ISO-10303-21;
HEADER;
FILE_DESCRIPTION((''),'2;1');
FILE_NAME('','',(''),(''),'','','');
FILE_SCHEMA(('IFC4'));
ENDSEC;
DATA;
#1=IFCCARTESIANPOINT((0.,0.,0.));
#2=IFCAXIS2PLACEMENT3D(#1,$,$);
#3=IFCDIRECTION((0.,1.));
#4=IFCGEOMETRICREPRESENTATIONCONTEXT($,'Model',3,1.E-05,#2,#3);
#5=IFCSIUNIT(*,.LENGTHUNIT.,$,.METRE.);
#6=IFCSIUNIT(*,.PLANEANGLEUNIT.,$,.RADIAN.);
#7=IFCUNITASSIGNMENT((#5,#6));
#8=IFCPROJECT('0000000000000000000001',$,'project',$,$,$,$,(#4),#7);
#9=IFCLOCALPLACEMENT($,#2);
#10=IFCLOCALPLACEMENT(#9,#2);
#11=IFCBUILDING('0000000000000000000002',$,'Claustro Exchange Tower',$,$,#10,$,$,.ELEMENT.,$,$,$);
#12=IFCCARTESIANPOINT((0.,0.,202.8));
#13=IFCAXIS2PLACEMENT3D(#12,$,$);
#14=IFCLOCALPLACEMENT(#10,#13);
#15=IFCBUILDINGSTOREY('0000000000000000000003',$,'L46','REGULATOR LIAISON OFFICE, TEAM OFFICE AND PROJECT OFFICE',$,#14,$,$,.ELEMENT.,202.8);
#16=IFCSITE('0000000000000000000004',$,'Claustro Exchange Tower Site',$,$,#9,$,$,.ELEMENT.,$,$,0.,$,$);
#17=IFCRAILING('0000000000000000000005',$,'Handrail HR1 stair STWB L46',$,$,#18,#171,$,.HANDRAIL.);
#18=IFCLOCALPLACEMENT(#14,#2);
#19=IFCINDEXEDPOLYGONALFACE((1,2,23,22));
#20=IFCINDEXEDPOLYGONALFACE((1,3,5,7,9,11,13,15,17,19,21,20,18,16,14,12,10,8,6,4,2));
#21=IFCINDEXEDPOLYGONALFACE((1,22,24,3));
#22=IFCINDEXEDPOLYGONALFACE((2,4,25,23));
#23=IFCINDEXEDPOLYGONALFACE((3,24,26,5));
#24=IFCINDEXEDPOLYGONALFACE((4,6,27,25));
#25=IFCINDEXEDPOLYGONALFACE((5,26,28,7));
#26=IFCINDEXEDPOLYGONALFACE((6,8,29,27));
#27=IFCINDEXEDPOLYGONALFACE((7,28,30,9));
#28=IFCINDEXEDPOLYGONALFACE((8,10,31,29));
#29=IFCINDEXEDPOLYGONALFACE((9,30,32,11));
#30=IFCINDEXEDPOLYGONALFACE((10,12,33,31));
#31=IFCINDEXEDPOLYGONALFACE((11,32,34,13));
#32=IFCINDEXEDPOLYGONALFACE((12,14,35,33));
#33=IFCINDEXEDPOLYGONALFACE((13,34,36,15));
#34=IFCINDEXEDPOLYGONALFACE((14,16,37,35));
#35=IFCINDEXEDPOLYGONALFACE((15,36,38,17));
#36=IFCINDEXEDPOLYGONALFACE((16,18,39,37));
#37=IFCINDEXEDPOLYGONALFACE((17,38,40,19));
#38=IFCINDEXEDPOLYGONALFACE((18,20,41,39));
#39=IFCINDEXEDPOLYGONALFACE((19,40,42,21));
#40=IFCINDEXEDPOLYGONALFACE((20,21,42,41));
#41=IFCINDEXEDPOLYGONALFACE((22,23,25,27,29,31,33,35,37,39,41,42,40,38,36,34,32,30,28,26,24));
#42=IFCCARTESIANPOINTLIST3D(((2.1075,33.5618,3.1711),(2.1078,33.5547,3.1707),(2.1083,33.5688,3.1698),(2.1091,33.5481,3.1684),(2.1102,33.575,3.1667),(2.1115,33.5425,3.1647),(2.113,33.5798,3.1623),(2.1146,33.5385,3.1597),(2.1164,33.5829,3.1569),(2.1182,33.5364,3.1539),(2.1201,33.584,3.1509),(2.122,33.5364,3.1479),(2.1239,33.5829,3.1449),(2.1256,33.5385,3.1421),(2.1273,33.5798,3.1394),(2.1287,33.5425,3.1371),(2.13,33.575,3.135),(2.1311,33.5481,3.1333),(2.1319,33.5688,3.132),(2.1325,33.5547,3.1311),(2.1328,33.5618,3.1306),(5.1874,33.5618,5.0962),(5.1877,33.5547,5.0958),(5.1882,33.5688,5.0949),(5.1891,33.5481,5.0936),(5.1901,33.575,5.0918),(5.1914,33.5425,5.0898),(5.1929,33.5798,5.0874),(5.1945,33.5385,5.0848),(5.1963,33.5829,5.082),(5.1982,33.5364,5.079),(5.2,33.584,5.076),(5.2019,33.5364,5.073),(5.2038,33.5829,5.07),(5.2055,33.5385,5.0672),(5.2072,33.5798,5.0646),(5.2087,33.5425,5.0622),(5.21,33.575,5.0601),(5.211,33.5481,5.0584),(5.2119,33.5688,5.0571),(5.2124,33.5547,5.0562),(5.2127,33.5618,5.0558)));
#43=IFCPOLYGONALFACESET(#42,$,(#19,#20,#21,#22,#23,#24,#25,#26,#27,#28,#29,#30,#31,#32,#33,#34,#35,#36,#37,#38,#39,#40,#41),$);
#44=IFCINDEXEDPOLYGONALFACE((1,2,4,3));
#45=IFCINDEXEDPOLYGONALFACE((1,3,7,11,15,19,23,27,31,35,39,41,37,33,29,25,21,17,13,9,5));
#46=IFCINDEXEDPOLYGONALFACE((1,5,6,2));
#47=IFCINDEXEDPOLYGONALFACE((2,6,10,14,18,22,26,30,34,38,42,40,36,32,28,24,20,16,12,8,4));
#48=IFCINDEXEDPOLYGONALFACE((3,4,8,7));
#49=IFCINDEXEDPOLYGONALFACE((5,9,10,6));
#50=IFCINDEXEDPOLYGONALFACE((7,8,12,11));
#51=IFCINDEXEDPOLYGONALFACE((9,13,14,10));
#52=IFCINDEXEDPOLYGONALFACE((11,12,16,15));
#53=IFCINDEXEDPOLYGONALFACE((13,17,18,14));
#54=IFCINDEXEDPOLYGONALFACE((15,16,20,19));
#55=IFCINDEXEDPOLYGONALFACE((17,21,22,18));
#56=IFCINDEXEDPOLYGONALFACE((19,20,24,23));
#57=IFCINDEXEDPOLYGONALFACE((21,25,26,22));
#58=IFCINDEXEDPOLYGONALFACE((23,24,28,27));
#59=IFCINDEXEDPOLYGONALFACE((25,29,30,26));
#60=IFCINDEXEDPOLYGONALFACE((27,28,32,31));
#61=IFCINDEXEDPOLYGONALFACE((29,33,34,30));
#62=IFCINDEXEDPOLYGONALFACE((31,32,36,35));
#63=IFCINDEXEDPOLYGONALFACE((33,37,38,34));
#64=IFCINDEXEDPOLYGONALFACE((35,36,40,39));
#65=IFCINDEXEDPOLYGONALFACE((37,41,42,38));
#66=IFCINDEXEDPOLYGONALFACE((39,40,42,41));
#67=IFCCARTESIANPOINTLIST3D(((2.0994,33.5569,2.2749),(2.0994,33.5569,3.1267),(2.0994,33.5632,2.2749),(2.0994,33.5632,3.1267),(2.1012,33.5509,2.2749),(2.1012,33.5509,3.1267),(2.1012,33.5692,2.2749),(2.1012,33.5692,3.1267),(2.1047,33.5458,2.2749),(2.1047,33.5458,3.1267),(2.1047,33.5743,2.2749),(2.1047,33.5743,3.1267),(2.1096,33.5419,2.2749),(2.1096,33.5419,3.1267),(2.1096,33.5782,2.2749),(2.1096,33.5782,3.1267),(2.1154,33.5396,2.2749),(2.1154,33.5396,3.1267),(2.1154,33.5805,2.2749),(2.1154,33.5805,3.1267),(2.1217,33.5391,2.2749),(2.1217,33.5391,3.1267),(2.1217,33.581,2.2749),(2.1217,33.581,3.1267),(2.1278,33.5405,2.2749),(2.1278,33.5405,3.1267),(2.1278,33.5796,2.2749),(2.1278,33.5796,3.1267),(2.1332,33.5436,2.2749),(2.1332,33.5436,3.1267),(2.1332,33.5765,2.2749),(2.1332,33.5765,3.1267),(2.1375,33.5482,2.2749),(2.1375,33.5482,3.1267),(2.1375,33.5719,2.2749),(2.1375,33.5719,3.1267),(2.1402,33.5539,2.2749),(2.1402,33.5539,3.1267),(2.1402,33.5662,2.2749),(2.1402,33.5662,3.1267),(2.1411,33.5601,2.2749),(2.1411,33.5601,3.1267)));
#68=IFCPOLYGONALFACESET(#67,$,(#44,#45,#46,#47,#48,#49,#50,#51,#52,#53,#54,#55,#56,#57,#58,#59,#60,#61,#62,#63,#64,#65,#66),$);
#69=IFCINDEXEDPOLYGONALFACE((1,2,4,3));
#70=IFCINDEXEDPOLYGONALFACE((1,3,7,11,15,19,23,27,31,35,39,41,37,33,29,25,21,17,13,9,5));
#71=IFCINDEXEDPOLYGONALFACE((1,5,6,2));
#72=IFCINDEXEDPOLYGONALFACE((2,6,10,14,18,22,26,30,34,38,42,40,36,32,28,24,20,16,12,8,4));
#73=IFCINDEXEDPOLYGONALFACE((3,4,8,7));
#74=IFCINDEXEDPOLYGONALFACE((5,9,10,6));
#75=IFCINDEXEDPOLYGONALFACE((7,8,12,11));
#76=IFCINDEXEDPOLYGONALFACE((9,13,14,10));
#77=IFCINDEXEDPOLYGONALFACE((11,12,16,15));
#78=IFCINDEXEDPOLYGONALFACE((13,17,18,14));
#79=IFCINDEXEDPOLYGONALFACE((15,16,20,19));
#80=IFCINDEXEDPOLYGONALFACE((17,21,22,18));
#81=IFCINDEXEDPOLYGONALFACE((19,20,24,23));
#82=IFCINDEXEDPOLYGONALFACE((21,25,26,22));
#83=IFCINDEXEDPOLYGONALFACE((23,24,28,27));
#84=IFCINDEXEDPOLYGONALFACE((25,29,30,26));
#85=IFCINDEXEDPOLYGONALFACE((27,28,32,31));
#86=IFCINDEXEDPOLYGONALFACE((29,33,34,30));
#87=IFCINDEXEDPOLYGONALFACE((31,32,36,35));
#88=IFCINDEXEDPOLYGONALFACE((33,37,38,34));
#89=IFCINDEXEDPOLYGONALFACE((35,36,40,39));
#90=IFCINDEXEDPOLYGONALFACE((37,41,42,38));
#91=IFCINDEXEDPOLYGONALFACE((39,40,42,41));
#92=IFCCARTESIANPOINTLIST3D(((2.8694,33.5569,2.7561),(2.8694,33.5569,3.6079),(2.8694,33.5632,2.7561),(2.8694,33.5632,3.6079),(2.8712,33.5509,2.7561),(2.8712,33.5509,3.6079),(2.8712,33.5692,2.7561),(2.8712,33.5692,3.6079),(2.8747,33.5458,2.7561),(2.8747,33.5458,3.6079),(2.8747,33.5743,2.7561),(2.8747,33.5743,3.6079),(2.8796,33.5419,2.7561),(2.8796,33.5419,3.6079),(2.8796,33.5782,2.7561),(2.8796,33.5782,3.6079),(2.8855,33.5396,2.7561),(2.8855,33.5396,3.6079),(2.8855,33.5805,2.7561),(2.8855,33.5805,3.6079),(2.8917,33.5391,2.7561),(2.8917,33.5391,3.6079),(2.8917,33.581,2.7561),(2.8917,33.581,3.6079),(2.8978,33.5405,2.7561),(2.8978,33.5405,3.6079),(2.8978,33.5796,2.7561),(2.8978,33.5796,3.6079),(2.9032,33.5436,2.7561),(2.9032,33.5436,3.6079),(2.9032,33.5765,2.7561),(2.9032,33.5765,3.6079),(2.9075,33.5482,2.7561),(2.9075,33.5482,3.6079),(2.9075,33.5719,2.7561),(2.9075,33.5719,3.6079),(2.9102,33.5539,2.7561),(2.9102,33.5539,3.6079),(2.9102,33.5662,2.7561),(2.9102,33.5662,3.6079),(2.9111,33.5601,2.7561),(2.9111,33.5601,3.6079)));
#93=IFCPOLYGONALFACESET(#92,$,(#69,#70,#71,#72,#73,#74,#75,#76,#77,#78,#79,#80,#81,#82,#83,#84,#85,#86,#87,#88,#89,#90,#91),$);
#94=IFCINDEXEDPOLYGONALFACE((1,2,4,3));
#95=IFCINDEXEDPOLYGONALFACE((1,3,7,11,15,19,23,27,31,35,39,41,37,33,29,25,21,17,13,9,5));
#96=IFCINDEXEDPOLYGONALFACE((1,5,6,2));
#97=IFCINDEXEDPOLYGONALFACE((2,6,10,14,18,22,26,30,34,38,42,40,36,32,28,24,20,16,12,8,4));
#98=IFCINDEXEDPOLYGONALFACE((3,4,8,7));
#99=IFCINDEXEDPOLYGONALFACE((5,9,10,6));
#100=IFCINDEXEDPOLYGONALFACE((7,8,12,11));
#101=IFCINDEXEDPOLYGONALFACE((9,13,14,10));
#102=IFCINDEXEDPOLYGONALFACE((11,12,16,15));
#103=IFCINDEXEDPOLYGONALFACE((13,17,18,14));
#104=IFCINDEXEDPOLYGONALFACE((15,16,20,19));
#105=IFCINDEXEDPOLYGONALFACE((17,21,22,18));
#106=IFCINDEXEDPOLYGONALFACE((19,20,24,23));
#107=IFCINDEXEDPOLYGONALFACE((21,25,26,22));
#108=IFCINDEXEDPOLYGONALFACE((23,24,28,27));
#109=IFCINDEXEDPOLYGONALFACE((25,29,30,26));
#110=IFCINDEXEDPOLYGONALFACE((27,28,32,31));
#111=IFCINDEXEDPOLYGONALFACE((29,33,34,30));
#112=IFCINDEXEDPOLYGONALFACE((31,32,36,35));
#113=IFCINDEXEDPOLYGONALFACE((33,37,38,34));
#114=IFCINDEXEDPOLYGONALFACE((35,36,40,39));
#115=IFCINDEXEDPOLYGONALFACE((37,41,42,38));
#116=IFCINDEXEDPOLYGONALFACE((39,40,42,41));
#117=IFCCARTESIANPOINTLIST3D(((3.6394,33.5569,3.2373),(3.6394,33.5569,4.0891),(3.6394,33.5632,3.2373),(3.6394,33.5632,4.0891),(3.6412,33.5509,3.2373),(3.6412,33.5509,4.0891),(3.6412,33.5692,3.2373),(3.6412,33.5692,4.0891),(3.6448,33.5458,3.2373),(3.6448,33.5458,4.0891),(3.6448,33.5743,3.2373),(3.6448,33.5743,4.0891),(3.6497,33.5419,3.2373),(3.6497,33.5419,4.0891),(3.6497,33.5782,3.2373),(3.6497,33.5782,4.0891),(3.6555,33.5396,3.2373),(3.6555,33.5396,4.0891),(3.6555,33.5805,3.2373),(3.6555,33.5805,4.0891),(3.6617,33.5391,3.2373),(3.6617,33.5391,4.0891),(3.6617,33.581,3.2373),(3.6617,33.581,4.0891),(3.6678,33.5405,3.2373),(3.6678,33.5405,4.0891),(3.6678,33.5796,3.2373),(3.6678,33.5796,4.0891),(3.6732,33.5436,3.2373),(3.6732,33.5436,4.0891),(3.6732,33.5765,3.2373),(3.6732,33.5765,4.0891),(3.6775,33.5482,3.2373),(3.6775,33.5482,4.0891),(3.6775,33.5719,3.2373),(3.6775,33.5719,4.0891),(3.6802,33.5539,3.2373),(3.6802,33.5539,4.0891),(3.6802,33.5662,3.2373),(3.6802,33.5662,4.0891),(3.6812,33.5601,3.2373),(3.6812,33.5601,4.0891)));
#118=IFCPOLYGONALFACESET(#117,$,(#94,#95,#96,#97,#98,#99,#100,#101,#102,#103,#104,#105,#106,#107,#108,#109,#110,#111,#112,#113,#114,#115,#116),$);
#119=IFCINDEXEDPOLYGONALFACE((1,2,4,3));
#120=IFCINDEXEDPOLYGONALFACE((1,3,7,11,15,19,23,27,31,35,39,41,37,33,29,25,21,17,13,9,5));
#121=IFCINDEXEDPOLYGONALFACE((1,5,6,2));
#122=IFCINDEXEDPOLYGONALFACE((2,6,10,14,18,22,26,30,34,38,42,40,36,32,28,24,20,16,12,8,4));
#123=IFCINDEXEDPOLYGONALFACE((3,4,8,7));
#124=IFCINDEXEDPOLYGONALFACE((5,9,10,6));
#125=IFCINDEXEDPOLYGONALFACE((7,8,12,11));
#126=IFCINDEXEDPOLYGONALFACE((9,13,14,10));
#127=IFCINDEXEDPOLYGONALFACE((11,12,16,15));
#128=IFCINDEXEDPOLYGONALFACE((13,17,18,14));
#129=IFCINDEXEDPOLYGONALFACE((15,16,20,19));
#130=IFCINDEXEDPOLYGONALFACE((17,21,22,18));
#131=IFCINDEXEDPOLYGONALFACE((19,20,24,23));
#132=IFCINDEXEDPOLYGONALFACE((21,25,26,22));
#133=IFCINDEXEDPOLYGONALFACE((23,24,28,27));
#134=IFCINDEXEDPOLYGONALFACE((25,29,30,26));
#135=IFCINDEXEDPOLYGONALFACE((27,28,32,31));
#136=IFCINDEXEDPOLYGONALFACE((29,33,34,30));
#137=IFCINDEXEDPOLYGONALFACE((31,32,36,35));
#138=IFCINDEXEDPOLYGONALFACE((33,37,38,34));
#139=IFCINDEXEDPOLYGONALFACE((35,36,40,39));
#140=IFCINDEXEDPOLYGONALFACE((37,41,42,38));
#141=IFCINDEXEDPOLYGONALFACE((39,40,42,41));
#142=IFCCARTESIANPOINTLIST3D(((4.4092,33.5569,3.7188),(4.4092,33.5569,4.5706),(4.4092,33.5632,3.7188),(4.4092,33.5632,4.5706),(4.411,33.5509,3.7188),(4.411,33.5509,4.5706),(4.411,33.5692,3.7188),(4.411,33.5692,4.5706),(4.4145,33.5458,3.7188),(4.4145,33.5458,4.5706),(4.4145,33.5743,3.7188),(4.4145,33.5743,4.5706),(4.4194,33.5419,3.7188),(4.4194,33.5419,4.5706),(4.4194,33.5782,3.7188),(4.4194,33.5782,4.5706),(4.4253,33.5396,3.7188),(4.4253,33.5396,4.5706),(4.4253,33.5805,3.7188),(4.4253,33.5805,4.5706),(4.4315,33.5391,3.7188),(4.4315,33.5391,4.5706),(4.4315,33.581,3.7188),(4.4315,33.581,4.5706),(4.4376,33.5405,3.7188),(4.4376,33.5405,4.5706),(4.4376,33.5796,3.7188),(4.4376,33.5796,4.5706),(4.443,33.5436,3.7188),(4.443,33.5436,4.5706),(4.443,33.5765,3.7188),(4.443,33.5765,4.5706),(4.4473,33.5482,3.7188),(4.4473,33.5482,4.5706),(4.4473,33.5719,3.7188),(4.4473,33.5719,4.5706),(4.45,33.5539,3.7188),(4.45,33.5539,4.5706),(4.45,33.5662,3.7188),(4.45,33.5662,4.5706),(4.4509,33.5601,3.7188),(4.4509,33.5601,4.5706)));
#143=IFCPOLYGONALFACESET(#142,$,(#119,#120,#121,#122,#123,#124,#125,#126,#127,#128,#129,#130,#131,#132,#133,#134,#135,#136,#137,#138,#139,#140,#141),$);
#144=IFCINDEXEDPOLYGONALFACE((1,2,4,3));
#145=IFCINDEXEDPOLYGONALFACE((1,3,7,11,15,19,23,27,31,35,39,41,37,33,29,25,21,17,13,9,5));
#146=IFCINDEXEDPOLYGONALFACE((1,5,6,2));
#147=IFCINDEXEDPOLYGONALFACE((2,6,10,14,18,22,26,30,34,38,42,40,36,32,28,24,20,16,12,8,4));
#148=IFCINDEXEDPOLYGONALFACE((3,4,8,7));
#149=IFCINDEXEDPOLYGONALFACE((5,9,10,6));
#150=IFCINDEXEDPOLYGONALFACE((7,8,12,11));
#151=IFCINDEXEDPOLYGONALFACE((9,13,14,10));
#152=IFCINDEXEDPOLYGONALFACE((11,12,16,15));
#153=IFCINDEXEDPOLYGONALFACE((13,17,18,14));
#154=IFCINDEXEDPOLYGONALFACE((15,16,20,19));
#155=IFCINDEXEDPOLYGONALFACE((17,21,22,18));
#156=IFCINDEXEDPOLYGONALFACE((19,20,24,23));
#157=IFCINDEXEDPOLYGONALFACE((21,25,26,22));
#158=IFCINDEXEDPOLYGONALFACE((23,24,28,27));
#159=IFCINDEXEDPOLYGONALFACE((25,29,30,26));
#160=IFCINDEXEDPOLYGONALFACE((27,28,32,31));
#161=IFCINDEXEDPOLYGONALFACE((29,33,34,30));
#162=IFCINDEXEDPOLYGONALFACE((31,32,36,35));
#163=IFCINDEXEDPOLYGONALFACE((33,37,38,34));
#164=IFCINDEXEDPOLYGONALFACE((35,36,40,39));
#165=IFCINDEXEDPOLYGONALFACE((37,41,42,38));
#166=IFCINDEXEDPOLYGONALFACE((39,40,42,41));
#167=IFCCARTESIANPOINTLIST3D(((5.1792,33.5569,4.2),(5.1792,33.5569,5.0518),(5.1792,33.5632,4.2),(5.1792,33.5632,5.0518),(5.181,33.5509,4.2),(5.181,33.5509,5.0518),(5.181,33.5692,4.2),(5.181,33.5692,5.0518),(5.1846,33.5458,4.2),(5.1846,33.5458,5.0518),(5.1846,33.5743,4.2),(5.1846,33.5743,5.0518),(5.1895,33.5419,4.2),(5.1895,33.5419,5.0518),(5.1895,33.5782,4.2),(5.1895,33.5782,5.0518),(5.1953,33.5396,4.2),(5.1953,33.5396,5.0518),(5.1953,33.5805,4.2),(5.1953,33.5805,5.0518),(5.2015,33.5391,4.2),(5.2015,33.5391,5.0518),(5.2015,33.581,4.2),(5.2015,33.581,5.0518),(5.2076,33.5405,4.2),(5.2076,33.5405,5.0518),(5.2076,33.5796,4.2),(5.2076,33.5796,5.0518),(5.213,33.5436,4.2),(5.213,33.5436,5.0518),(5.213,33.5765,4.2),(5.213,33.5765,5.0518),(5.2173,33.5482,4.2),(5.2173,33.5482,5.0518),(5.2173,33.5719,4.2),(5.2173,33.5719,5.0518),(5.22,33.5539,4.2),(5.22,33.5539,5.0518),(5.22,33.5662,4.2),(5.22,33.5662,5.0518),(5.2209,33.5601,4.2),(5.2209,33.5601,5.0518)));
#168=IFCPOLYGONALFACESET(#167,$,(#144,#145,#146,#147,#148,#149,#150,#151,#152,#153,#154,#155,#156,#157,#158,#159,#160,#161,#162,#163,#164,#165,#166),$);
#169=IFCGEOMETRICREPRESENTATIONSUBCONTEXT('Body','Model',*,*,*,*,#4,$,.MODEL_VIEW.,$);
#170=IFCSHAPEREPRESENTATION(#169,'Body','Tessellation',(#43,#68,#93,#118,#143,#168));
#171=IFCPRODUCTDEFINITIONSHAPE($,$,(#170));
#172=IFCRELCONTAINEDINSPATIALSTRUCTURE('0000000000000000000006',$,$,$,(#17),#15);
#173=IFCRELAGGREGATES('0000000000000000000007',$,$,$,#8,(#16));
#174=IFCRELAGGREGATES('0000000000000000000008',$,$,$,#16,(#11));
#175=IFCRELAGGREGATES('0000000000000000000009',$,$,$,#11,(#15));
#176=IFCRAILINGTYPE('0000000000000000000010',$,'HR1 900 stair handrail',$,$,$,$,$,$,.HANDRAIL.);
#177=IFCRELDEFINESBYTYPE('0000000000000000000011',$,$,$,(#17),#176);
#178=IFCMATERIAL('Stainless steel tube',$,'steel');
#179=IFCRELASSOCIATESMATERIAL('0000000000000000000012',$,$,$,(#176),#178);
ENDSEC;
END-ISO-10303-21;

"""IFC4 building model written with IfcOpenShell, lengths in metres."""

from ifc_helpers import new_model, si_unit, direction, frame, origin, origin_2d, place, context, subcontext, project, spatial, circle, extrude, material, type_object, element, save


model = new_model("IFC4")

# Units and contexts
model_context = context("Model", 3, precision=1e-05, world=origin(), true_north=direction((0.0, 1.0)))
body_context = subcontext(model_context, "Body", "Model", "MODEL_VIEW")
ifc_project = project(units=[si_unit("LENGTHUNIT", "METRE"), si_unit("PLANEANGLEUNIT", "RADIAN")], contexts=[model_context])

# Site, building, storey
site_placement = place(None, origin())
site = spatial("IfcSite", under=ifc_project, at=site_placement, Name="Claustro Exchange Tower Site", CompositionType="ELEMENT", RefElevation=0.0)
building_placement = place(site_placement, origin())
building = spatial("IfcBuilding", under=site, at=building_placement, Name="Claustro Exchange Tower", CompositionType="ELEMENT")
storey_placement = place(building_placement, frame((0.0, 0.0, 202.8)))
storey = spatial("IfcBuildingStorey", under=building, at=storey_placement, Name="L46", Description="REGULATOR LIAISON OFFICE, TEAM OFFICE AND PROJECT OFFICE", CompositionType="ELEMENT", Elevation=202.8)

# Railing
ifc_material_1 = material(Name="Stainless steel tube", Category="steel")
railing_type_1 = type_object("IfcRailingType", Name="HR1 900 stair handrail", PredefinedType="HANDRAIL", material=ifc_material_1)
railing_1_placement = place(storey_placement, frame((2.1201, 33.5601, 2.2749)))
element("IfcRailing", 1, at=railing_1_placement, inside=storey, type_object=railing_type_1, Name="Handrail HR1 stair STWB L46", PredefinedType="HANDRAIL", context=body_context, shape_type="SweptSolid", body=[
    extrude(circle(Radius=0.0239, at=origin_2d()), frame((0.0, 0.0, 0.876), z_axis=(0.847979, 0.0, 0.530029), x_axis=(0.0, 1.0, 0.0)), (0.0, 0.0, 1.0), 3.6321),
    extrude(circle(Radius=0.021, at=origin_2d()), origin(), (0.0, 0.0, 1.0), 0.8518),
    extrude(circle(Radius=0.021, at=origin_2d()), frame((0.77, 0.0, 0.4812)), (0.0, 0.0, 1.0), 0.8518),
    extrude(circle(Radius=0.021, at=origin_2d()), frame((1.54, 0.0, 0.9624)), (0.0, 0.0, 1.0), 0.8518),
    extrude(circle(Radius=0.021, at=origin_2d()), frame((2.3098, 0.0, 1.4438)), (0.0, 0.0, 1.0), 0.8518),
    extrude(circle(Radius=0.021, at=origin_2d()), frame((3.0798, 0.0, 1.925)), (0.0, 0.0, 1.0), 0.8518),
])

save(model, "model.ifc")
